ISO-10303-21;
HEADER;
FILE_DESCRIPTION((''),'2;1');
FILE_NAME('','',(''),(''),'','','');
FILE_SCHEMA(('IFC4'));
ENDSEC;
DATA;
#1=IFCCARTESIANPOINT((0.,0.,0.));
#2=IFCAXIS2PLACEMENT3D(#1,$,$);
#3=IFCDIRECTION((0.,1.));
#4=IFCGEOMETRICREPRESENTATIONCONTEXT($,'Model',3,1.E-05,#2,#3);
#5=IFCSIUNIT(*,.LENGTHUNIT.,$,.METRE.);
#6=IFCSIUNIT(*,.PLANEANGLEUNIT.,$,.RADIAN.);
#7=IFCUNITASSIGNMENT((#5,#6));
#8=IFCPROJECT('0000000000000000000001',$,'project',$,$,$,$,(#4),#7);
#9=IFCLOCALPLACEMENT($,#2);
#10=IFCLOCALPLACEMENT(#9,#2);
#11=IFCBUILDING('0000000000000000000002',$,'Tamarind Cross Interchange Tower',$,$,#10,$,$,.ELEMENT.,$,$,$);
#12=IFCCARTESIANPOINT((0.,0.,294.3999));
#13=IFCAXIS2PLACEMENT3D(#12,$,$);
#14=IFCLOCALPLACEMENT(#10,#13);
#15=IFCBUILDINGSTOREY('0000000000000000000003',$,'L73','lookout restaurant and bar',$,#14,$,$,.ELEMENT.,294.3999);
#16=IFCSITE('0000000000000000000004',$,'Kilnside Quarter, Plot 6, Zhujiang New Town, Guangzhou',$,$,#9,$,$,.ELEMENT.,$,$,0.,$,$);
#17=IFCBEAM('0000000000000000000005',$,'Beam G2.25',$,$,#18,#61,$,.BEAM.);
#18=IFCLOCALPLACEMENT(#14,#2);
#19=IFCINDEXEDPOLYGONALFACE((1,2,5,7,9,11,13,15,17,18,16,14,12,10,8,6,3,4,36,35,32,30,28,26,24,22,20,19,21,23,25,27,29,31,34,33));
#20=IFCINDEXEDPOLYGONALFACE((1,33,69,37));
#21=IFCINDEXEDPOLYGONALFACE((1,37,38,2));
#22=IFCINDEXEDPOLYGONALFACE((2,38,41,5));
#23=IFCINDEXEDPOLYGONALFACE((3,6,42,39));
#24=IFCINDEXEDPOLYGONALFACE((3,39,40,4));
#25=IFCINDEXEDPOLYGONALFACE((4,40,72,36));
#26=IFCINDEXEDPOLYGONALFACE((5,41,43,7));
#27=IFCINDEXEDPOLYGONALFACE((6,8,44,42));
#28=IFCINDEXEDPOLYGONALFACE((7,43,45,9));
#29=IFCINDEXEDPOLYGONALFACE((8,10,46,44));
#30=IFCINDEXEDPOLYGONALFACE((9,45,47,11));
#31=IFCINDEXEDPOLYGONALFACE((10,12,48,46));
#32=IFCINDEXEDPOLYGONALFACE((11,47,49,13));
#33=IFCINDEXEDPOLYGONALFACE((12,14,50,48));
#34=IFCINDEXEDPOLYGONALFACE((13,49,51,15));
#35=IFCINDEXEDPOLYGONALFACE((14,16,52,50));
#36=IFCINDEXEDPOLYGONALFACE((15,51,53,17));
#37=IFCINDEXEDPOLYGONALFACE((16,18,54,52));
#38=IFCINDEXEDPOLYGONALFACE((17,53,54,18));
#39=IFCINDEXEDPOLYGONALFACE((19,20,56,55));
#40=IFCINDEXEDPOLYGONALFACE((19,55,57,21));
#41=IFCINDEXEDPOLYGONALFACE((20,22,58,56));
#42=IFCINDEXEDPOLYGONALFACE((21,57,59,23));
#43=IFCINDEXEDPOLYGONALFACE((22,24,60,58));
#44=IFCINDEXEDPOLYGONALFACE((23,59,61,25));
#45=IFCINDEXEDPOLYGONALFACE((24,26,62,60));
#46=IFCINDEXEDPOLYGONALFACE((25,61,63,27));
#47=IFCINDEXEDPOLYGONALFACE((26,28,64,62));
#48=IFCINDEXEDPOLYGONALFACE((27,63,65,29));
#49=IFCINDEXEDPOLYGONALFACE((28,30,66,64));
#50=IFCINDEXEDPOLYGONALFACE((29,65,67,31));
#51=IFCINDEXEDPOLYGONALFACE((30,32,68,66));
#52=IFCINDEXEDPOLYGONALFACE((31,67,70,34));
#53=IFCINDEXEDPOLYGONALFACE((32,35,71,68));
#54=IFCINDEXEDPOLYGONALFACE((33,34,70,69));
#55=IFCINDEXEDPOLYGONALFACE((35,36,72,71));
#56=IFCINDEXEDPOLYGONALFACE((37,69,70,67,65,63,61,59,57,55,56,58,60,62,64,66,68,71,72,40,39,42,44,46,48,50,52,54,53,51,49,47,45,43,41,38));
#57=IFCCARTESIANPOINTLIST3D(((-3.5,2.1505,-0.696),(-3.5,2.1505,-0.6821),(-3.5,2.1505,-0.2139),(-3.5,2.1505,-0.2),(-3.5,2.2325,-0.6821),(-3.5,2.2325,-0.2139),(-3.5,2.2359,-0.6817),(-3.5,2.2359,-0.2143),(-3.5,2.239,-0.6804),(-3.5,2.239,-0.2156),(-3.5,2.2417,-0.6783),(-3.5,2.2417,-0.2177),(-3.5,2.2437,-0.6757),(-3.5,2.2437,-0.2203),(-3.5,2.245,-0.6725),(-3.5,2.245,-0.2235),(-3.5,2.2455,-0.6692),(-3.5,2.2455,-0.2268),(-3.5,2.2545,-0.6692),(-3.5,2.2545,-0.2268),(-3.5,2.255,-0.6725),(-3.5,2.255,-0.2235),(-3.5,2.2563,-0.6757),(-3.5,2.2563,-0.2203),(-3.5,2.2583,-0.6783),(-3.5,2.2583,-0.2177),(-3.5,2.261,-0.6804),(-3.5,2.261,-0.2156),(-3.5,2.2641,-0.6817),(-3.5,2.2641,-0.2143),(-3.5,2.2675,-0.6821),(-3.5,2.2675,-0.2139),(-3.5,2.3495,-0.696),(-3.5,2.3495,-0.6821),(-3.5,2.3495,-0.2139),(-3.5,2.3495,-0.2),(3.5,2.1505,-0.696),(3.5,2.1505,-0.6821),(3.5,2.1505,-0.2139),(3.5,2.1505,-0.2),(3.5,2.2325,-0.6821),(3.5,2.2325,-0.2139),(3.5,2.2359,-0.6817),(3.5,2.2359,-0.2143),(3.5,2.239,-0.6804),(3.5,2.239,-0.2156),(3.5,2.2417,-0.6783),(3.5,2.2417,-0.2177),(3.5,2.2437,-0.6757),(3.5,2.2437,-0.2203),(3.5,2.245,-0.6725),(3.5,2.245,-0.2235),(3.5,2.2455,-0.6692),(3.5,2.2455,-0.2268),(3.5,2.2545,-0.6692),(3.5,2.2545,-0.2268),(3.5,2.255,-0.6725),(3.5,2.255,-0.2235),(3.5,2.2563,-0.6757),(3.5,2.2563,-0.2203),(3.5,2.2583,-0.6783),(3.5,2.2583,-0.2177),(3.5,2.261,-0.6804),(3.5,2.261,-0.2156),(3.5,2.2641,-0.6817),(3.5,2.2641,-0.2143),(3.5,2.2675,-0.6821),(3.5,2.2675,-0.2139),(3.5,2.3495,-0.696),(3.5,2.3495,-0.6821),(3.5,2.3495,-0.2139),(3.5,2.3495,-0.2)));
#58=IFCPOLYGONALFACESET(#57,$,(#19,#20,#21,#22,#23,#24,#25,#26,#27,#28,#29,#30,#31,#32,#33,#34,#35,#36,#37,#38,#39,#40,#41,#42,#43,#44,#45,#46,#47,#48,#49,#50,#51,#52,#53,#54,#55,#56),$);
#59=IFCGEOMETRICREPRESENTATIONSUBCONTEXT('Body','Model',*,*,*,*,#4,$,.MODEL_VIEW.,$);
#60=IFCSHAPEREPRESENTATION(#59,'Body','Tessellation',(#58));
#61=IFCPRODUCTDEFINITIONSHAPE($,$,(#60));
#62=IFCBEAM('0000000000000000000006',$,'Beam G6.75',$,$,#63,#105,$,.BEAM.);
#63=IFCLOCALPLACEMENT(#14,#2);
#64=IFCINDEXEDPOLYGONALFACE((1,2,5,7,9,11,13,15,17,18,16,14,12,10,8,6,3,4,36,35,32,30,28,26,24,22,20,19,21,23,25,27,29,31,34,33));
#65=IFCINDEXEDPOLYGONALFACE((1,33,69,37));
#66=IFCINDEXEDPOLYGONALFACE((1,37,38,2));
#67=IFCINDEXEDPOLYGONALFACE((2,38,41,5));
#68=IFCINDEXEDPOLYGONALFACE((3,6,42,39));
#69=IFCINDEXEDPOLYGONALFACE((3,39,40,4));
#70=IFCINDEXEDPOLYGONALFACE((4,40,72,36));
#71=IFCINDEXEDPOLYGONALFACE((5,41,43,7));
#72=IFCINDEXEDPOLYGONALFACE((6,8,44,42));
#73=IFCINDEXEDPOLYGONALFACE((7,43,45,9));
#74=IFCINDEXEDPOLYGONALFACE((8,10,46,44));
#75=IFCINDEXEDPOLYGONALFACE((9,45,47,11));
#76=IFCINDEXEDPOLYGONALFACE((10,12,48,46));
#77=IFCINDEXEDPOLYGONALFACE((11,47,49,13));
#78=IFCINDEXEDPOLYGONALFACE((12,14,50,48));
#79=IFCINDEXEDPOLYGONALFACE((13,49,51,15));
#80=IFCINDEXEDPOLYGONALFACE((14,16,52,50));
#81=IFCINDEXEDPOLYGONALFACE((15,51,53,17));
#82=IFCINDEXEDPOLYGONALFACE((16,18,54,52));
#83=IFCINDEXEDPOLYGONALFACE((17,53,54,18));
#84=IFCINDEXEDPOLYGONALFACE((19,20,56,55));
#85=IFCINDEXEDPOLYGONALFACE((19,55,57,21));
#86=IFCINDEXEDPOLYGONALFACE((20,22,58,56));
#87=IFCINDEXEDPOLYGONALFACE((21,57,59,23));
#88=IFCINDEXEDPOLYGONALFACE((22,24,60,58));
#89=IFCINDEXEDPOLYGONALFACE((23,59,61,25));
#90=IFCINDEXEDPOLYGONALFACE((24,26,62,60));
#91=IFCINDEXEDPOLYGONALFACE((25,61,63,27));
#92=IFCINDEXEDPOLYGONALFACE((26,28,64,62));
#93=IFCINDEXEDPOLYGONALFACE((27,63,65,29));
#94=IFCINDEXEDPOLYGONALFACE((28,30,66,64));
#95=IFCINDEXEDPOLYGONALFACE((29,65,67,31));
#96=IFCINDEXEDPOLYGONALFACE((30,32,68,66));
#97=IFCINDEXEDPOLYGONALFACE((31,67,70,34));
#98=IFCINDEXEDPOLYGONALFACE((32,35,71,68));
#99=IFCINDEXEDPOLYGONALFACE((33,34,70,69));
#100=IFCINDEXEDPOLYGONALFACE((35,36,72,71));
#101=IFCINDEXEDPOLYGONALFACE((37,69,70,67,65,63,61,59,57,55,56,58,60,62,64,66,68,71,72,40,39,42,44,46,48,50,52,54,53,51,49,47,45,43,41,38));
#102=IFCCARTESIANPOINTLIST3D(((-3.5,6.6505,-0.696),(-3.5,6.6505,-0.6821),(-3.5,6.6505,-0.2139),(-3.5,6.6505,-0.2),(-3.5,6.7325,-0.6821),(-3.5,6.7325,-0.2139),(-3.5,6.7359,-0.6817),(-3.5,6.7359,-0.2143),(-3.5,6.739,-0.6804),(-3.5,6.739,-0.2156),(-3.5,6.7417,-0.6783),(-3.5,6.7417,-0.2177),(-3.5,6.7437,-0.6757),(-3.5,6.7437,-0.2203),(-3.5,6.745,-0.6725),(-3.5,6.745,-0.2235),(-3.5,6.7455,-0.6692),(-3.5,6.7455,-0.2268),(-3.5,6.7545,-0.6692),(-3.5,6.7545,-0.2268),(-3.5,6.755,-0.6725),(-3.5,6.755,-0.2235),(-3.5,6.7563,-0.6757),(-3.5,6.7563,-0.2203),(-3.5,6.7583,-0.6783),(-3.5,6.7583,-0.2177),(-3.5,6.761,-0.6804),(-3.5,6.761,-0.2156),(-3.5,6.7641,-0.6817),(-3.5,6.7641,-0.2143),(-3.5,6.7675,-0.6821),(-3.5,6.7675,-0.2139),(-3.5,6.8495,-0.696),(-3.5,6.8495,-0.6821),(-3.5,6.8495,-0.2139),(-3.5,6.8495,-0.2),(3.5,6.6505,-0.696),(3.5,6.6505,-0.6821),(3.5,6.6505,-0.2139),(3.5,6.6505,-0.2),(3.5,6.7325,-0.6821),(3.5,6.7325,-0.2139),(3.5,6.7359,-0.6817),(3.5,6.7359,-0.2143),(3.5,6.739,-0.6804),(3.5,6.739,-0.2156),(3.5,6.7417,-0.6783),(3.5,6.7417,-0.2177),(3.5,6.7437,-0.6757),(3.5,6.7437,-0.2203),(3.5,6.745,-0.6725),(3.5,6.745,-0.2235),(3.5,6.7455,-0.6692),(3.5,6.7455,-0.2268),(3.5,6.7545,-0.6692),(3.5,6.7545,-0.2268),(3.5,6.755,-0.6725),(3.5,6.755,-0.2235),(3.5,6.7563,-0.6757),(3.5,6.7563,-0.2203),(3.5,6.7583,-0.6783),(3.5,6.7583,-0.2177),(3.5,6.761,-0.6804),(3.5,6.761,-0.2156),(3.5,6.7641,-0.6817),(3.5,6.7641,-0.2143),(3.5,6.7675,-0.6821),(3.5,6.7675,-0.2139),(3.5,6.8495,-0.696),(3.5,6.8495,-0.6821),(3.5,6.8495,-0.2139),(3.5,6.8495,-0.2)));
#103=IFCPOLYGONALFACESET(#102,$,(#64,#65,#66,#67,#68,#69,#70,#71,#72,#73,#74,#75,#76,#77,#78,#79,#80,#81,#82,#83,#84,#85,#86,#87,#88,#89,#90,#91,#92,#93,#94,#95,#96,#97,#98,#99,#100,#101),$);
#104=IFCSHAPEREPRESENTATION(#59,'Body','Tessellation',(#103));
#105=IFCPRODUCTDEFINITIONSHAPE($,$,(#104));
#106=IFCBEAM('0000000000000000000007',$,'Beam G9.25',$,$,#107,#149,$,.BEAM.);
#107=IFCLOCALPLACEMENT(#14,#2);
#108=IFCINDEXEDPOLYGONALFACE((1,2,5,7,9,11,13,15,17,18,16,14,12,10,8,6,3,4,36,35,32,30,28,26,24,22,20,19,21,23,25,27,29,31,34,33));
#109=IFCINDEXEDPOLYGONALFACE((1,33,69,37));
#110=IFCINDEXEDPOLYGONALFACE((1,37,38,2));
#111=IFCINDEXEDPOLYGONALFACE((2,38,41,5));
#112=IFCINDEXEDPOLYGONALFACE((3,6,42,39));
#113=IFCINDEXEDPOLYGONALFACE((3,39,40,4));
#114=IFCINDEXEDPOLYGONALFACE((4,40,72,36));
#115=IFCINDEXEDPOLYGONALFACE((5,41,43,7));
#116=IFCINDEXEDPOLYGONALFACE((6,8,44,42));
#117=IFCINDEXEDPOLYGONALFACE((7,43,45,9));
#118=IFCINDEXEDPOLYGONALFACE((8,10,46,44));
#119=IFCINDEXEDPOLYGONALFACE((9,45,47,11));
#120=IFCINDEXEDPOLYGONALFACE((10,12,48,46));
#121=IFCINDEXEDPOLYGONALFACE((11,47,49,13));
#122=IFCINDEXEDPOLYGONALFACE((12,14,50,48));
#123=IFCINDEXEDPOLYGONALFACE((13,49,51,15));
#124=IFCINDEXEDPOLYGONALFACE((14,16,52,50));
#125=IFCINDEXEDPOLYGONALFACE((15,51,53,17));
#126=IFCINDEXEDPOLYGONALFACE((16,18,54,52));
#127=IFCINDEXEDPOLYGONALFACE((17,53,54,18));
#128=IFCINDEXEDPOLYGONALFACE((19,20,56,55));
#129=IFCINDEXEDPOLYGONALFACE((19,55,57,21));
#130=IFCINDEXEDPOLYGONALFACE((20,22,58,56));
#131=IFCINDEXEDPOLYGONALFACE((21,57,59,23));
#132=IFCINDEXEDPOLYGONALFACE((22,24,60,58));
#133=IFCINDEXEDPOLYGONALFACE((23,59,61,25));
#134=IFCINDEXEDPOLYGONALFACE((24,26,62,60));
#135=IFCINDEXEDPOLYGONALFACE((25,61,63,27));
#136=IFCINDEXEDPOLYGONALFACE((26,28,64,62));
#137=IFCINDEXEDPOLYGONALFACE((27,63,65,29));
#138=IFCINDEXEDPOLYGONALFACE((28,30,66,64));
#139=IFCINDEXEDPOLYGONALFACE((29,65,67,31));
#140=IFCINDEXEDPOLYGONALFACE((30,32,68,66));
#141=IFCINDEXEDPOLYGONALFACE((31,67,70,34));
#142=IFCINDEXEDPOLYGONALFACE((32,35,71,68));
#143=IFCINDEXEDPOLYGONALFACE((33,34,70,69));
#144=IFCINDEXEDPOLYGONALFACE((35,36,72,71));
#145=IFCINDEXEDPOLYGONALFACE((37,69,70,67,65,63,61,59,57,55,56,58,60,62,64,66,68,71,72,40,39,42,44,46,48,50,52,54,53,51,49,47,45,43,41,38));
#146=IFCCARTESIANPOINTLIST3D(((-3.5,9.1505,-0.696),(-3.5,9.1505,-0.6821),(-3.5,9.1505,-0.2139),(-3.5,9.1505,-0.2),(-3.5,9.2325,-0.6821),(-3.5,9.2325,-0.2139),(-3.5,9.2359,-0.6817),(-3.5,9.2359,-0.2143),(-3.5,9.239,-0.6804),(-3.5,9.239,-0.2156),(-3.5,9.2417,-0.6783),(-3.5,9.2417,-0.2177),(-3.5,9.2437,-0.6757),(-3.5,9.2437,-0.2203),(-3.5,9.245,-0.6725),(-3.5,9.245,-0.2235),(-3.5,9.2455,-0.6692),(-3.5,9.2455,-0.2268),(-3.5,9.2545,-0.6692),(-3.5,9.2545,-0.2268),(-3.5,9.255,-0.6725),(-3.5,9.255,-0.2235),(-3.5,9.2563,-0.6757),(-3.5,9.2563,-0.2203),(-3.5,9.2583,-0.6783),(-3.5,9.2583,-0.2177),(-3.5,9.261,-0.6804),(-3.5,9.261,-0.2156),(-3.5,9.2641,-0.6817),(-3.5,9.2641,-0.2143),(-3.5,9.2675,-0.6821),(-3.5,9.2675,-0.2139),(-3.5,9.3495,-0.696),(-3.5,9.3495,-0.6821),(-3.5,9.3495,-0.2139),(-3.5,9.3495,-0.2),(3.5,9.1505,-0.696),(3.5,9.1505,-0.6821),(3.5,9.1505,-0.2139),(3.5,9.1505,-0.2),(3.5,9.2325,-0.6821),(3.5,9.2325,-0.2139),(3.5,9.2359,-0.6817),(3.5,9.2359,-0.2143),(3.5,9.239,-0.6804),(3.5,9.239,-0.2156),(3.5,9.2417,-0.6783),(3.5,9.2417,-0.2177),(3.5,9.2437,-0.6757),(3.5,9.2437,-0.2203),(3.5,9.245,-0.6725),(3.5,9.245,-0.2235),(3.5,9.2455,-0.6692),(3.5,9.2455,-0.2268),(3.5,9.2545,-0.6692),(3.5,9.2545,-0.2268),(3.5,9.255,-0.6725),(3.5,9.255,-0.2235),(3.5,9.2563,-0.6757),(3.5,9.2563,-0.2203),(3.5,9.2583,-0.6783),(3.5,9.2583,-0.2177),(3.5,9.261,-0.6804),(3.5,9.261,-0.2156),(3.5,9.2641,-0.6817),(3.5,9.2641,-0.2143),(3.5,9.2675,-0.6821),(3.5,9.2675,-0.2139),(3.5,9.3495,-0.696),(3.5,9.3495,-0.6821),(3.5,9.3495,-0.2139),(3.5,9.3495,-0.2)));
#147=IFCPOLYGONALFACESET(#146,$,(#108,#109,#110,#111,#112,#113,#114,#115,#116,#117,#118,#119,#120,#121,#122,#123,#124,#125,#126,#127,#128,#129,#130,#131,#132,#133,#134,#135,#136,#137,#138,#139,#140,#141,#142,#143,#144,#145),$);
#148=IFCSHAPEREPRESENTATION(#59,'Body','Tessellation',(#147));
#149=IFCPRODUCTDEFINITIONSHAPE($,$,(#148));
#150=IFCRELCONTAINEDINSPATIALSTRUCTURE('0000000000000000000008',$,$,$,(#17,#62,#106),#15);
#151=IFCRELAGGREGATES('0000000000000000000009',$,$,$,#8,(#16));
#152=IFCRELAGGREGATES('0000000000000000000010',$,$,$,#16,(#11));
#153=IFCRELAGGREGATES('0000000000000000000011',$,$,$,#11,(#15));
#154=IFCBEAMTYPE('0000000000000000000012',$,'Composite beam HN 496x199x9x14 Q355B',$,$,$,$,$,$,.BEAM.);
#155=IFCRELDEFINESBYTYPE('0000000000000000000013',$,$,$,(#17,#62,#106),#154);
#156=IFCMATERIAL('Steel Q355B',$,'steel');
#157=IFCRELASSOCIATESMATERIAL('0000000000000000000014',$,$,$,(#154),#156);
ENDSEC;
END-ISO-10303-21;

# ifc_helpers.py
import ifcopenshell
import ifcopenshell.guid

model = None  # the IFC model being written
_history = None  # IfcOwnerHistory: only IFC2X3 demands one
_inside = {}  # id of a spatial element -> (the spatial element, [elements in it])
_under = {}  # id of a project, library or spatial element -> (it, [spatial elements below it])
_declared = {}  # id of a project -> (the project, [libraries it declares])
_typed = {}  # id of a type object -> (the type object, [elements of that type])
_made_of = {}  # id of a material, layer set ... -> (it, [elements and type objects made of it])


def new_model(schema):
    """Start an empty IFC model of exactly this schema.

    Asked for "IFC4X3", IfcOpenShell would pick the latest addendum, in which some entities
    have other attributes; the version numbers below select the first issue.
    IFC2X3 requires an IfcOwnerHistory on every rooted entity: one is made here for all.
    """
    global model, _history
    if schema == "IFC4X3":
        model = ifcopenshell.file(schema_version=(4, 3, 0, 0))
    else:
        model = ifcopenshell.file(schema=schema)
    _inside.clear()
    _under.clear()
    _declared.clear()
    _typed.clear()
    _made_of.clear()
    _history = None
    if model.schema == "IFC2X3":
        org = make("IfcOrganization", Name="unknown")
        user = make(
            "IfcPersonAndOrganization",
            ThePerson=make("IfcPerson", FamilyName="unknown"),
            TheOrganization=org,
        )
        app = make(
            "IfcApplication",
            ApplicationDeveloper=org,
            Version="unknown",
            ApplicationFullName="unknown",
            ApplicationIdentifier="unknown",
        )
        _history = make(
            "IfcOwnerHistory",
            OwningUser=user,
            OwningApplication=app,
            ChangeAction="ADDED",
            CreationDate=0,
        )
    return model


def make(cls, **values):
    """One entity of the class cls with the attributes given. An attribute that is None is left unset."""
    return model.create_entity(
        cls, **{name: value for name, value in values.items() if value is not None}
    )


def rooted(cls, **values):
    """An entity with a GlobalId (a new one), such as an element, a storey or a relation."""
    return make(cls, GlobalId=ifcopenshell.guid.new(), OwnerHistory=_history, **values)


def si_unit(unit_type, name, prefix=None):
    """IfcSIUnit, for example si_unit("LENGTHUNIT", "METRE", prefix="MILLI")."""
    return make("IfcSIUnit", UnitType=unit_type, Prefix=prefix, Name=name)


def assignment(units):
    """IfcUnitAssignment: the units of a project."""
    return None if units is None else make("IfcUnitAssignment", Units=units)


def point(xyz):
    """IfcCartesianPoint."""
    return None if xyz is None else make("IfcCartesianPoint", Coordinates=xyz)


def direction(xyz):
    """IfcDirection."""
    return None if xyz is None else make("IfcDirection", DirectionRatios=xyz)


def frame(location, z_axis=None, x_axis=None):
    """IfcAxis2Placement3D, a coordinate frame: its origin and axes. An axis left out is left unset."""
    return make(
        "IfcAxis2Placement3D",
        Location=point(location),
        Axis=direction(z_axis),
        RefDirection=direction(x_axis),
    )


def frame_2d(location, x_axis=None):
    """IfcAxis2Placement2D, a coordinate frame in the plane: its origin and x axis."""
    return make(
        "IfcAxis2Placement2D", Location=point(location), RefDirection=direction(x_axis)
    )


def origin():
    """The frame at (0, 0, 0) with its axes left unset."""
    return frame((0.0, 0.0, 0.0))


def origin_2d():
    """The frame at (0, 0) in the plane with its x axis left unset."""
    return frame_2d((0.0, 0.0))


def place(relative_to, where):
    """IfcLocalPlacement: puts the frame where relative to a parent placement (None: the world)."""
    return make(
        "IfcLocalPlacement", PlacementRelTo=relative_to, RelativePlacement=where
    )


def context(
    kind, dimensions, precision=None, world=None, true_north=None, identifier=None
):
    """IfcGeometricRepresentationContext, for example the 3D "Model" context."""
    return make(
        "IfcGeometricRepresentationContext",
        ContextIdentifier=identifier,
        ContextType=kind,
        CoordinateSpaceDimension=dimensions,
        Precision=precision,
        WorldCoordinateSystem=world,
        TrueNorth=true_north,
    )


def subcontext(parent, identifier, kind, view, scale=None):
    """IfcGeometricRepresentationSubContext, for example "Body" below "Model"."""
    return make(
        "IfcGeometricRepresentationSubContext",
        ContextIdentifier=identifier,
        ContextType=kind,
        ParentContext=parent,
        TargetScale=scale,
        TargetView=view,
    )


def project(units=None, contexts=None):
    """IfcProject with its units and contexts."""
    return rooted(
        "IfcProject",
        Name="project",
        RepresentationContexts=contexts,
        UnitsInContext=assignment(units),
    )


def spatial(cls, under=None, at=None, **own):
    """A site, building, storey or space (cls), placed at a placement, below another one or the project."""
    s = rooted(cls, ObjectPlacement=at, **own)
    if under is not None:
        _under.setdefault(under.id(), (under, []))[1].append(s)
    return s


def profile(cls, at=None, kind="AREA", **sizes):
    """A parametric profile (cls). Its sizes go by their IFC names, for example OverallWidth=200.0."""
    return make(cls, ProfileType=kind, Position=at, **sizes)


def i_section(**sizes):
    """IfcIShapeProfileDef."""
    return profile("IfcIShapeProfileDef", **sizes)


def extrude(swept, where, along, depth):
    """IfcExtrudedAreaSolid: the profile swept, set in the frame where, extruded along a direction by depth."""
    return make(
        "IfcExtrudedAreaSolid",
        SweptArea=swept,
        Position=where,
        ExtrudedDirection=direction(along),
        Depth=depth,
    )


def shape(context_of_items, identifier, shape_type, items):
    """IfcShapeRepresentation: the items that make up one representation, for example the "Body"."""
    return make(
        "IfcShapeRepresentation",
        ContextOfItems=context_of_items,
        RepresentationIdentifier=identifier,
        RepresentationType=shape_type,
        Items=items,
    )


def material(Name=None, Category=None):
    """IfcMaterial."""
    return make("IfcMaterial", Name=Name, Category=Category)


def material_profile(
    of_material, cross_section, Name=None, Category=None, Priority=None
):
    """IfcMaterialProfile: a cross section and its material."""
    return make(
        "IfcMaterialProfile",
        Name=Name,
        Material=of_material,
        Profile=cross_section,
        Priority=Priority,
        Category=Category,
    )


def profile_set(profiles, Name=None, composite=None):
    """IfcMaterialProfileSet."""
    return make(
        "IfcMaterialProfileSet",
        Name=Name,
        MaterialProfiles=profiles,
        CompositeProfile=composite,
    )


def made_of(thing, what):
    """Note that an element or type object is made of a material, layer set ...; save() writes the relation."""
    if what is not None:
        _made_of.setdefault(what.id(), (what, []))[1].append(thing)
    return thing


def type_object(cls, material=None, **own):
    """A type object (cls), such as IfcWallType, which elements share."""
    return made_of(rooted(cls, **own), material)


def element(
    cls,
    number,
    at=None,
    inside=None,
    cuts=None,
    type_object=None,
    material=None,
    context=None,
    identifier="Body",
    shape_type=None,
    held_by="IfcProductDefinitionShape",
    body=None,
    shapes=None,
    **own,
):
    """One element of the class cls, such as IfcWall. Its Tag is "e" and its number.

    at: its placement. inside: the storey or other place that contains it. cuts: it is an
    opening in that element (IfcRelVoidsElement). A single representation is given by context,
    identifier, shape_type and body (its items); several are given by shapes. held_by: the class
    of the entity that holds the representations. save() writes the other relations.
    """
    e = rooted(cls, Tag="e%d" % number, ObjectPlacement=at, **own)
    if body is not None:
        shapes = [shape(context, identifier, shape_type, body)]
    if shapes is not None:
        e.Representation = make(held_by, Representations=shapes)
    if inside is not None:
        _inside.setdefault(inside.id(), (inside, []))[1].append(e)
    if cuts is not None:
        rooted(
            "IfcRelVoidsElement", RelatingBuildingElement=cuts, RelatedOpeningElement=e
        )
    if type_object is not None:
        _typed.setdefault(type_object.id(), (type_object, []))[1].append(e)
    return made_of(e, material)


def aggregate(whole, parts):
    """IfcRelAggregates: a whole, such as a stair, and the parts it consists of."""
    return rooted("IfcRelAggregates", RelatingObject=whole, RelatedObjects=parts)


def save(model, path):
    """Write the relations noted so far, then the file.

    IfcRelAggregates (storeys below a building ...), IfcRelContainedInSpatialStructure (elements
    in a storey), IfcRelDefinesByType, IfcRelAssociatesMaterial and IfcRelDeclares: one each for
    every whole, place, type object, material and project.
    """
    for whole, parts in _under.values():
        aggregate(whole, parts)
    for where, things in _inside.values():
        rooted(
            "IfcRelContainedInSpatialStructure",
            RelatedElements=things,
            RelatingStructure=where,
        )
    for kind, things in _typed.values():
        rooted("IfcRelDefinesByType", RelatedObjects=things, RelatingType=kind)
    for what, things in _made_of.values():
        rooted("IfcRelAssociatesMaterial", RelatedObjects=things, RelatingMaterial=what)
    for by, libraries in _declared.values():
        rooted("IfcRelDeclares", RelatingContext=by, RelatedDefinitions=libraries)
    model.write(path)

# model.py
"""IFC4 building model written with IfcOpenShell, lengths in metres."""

from ifc_helpers import new_model, si_unit, direction, frame, origin, origin_2d, place, context, subcontext, project, spatial, i_section, extrude, material, material_profile, profile_set, type_object, element, save


model = new_model("IFC4")

# Units and contexts
model_context = context("Model", 3, precision=1e-05, world=origin(), true_north=direction((0.0, 1.0)))
body_context = subcontext(model_context, "Body", "Model", "MODEL_VIEW")
ifc_project = project(units=[si_unit("LENGTHUNIT", "METRE"), si_unit("PLANEANGLEUNIT", "RADIAN")], contexts=[model_context])

# Site, building, storey
site_placement = place(None, origin())
site = spatial("IfcSite", under=ifc_project, at=site_placement, Name="Kilnside Quarter, Plot 6, Zhujiang New Town, Guangzhou", CompositionType="ELEMENT", RefElevation=0.0)
building_placement = place(site_placement, origin())
building = spatial("IfcBuilding", under=site, at=building_placement, Name="Tamarind Cross Interchange Tower", CompositionType="ELEMENT")
storey_placement = place(building_placement, frame((0.0, 0.0, 294.3999)))
storey = spatial("IfcBuildingStorey", under=building, at=storey_placement, Name="L73", Description="lookout restaurant and bar", CompositionType="ELEMENT", Elevation=294.3999)

# Beams
ifc_material_1 = material(Name="Steel Q355B", Category="steel")
ifc_material_profile_1 = material_profile(ifc_material_1, i_section(OverallWidth=0.199, OverallDepth=0.4961, WebThickness=0.009, FlangeThickness=0.0139, FilletRadius=0.0129, at=origin_2d()), Name="HN 496x199x9x14")
ifc_profile_set_1 = profile_set([ifc_material_profile_1], Name="Steel Q355B")
beam_type_1 = type_object("IfcBeamType", Name="Composite beam HN 496x199x9x14 Q355B", PredefinedType="BEAM", material=ifc_profile_set_1)
for number, where, z_axis, x_axis, name in (
    (1, (-3.5, 2.25, -0.448), (1.0, 0.0, 0.0), (0.0, 1.0, 0.0), "Beam G2.25"),
    (2, (-3.5, 6.75, -0.448), (1.0, 0.0, 0.0), (0.0, 1.0, 0.0), "Beam G6.75"),
    (3, (-3.5, 9.25, -0.448), (1.0, 0.0, 0.0), (0.0, 1.0, 0.0), "Beam G9.25"),
):
    element("IfcBeam", number, at=place(storey_placement, frame(where, z_axis=z_axis, x_axis=x_axis)), inside=storey, type_object=beam_type_1, Name=name, PredefinedType="BEAM", context=body_context, shape_type="SweptSolid", body=[
        extrude(i_section(OverallWidth=0.199, OverallDepth=0.4961, WebThickness=0.009, FlangeThickness=0.0139, FilletRadius=0.0129, at=origin_2d()), origin(), (0.0, 0.0, 1.0), 7.0),
    ])

save(model, "model.ifc")
